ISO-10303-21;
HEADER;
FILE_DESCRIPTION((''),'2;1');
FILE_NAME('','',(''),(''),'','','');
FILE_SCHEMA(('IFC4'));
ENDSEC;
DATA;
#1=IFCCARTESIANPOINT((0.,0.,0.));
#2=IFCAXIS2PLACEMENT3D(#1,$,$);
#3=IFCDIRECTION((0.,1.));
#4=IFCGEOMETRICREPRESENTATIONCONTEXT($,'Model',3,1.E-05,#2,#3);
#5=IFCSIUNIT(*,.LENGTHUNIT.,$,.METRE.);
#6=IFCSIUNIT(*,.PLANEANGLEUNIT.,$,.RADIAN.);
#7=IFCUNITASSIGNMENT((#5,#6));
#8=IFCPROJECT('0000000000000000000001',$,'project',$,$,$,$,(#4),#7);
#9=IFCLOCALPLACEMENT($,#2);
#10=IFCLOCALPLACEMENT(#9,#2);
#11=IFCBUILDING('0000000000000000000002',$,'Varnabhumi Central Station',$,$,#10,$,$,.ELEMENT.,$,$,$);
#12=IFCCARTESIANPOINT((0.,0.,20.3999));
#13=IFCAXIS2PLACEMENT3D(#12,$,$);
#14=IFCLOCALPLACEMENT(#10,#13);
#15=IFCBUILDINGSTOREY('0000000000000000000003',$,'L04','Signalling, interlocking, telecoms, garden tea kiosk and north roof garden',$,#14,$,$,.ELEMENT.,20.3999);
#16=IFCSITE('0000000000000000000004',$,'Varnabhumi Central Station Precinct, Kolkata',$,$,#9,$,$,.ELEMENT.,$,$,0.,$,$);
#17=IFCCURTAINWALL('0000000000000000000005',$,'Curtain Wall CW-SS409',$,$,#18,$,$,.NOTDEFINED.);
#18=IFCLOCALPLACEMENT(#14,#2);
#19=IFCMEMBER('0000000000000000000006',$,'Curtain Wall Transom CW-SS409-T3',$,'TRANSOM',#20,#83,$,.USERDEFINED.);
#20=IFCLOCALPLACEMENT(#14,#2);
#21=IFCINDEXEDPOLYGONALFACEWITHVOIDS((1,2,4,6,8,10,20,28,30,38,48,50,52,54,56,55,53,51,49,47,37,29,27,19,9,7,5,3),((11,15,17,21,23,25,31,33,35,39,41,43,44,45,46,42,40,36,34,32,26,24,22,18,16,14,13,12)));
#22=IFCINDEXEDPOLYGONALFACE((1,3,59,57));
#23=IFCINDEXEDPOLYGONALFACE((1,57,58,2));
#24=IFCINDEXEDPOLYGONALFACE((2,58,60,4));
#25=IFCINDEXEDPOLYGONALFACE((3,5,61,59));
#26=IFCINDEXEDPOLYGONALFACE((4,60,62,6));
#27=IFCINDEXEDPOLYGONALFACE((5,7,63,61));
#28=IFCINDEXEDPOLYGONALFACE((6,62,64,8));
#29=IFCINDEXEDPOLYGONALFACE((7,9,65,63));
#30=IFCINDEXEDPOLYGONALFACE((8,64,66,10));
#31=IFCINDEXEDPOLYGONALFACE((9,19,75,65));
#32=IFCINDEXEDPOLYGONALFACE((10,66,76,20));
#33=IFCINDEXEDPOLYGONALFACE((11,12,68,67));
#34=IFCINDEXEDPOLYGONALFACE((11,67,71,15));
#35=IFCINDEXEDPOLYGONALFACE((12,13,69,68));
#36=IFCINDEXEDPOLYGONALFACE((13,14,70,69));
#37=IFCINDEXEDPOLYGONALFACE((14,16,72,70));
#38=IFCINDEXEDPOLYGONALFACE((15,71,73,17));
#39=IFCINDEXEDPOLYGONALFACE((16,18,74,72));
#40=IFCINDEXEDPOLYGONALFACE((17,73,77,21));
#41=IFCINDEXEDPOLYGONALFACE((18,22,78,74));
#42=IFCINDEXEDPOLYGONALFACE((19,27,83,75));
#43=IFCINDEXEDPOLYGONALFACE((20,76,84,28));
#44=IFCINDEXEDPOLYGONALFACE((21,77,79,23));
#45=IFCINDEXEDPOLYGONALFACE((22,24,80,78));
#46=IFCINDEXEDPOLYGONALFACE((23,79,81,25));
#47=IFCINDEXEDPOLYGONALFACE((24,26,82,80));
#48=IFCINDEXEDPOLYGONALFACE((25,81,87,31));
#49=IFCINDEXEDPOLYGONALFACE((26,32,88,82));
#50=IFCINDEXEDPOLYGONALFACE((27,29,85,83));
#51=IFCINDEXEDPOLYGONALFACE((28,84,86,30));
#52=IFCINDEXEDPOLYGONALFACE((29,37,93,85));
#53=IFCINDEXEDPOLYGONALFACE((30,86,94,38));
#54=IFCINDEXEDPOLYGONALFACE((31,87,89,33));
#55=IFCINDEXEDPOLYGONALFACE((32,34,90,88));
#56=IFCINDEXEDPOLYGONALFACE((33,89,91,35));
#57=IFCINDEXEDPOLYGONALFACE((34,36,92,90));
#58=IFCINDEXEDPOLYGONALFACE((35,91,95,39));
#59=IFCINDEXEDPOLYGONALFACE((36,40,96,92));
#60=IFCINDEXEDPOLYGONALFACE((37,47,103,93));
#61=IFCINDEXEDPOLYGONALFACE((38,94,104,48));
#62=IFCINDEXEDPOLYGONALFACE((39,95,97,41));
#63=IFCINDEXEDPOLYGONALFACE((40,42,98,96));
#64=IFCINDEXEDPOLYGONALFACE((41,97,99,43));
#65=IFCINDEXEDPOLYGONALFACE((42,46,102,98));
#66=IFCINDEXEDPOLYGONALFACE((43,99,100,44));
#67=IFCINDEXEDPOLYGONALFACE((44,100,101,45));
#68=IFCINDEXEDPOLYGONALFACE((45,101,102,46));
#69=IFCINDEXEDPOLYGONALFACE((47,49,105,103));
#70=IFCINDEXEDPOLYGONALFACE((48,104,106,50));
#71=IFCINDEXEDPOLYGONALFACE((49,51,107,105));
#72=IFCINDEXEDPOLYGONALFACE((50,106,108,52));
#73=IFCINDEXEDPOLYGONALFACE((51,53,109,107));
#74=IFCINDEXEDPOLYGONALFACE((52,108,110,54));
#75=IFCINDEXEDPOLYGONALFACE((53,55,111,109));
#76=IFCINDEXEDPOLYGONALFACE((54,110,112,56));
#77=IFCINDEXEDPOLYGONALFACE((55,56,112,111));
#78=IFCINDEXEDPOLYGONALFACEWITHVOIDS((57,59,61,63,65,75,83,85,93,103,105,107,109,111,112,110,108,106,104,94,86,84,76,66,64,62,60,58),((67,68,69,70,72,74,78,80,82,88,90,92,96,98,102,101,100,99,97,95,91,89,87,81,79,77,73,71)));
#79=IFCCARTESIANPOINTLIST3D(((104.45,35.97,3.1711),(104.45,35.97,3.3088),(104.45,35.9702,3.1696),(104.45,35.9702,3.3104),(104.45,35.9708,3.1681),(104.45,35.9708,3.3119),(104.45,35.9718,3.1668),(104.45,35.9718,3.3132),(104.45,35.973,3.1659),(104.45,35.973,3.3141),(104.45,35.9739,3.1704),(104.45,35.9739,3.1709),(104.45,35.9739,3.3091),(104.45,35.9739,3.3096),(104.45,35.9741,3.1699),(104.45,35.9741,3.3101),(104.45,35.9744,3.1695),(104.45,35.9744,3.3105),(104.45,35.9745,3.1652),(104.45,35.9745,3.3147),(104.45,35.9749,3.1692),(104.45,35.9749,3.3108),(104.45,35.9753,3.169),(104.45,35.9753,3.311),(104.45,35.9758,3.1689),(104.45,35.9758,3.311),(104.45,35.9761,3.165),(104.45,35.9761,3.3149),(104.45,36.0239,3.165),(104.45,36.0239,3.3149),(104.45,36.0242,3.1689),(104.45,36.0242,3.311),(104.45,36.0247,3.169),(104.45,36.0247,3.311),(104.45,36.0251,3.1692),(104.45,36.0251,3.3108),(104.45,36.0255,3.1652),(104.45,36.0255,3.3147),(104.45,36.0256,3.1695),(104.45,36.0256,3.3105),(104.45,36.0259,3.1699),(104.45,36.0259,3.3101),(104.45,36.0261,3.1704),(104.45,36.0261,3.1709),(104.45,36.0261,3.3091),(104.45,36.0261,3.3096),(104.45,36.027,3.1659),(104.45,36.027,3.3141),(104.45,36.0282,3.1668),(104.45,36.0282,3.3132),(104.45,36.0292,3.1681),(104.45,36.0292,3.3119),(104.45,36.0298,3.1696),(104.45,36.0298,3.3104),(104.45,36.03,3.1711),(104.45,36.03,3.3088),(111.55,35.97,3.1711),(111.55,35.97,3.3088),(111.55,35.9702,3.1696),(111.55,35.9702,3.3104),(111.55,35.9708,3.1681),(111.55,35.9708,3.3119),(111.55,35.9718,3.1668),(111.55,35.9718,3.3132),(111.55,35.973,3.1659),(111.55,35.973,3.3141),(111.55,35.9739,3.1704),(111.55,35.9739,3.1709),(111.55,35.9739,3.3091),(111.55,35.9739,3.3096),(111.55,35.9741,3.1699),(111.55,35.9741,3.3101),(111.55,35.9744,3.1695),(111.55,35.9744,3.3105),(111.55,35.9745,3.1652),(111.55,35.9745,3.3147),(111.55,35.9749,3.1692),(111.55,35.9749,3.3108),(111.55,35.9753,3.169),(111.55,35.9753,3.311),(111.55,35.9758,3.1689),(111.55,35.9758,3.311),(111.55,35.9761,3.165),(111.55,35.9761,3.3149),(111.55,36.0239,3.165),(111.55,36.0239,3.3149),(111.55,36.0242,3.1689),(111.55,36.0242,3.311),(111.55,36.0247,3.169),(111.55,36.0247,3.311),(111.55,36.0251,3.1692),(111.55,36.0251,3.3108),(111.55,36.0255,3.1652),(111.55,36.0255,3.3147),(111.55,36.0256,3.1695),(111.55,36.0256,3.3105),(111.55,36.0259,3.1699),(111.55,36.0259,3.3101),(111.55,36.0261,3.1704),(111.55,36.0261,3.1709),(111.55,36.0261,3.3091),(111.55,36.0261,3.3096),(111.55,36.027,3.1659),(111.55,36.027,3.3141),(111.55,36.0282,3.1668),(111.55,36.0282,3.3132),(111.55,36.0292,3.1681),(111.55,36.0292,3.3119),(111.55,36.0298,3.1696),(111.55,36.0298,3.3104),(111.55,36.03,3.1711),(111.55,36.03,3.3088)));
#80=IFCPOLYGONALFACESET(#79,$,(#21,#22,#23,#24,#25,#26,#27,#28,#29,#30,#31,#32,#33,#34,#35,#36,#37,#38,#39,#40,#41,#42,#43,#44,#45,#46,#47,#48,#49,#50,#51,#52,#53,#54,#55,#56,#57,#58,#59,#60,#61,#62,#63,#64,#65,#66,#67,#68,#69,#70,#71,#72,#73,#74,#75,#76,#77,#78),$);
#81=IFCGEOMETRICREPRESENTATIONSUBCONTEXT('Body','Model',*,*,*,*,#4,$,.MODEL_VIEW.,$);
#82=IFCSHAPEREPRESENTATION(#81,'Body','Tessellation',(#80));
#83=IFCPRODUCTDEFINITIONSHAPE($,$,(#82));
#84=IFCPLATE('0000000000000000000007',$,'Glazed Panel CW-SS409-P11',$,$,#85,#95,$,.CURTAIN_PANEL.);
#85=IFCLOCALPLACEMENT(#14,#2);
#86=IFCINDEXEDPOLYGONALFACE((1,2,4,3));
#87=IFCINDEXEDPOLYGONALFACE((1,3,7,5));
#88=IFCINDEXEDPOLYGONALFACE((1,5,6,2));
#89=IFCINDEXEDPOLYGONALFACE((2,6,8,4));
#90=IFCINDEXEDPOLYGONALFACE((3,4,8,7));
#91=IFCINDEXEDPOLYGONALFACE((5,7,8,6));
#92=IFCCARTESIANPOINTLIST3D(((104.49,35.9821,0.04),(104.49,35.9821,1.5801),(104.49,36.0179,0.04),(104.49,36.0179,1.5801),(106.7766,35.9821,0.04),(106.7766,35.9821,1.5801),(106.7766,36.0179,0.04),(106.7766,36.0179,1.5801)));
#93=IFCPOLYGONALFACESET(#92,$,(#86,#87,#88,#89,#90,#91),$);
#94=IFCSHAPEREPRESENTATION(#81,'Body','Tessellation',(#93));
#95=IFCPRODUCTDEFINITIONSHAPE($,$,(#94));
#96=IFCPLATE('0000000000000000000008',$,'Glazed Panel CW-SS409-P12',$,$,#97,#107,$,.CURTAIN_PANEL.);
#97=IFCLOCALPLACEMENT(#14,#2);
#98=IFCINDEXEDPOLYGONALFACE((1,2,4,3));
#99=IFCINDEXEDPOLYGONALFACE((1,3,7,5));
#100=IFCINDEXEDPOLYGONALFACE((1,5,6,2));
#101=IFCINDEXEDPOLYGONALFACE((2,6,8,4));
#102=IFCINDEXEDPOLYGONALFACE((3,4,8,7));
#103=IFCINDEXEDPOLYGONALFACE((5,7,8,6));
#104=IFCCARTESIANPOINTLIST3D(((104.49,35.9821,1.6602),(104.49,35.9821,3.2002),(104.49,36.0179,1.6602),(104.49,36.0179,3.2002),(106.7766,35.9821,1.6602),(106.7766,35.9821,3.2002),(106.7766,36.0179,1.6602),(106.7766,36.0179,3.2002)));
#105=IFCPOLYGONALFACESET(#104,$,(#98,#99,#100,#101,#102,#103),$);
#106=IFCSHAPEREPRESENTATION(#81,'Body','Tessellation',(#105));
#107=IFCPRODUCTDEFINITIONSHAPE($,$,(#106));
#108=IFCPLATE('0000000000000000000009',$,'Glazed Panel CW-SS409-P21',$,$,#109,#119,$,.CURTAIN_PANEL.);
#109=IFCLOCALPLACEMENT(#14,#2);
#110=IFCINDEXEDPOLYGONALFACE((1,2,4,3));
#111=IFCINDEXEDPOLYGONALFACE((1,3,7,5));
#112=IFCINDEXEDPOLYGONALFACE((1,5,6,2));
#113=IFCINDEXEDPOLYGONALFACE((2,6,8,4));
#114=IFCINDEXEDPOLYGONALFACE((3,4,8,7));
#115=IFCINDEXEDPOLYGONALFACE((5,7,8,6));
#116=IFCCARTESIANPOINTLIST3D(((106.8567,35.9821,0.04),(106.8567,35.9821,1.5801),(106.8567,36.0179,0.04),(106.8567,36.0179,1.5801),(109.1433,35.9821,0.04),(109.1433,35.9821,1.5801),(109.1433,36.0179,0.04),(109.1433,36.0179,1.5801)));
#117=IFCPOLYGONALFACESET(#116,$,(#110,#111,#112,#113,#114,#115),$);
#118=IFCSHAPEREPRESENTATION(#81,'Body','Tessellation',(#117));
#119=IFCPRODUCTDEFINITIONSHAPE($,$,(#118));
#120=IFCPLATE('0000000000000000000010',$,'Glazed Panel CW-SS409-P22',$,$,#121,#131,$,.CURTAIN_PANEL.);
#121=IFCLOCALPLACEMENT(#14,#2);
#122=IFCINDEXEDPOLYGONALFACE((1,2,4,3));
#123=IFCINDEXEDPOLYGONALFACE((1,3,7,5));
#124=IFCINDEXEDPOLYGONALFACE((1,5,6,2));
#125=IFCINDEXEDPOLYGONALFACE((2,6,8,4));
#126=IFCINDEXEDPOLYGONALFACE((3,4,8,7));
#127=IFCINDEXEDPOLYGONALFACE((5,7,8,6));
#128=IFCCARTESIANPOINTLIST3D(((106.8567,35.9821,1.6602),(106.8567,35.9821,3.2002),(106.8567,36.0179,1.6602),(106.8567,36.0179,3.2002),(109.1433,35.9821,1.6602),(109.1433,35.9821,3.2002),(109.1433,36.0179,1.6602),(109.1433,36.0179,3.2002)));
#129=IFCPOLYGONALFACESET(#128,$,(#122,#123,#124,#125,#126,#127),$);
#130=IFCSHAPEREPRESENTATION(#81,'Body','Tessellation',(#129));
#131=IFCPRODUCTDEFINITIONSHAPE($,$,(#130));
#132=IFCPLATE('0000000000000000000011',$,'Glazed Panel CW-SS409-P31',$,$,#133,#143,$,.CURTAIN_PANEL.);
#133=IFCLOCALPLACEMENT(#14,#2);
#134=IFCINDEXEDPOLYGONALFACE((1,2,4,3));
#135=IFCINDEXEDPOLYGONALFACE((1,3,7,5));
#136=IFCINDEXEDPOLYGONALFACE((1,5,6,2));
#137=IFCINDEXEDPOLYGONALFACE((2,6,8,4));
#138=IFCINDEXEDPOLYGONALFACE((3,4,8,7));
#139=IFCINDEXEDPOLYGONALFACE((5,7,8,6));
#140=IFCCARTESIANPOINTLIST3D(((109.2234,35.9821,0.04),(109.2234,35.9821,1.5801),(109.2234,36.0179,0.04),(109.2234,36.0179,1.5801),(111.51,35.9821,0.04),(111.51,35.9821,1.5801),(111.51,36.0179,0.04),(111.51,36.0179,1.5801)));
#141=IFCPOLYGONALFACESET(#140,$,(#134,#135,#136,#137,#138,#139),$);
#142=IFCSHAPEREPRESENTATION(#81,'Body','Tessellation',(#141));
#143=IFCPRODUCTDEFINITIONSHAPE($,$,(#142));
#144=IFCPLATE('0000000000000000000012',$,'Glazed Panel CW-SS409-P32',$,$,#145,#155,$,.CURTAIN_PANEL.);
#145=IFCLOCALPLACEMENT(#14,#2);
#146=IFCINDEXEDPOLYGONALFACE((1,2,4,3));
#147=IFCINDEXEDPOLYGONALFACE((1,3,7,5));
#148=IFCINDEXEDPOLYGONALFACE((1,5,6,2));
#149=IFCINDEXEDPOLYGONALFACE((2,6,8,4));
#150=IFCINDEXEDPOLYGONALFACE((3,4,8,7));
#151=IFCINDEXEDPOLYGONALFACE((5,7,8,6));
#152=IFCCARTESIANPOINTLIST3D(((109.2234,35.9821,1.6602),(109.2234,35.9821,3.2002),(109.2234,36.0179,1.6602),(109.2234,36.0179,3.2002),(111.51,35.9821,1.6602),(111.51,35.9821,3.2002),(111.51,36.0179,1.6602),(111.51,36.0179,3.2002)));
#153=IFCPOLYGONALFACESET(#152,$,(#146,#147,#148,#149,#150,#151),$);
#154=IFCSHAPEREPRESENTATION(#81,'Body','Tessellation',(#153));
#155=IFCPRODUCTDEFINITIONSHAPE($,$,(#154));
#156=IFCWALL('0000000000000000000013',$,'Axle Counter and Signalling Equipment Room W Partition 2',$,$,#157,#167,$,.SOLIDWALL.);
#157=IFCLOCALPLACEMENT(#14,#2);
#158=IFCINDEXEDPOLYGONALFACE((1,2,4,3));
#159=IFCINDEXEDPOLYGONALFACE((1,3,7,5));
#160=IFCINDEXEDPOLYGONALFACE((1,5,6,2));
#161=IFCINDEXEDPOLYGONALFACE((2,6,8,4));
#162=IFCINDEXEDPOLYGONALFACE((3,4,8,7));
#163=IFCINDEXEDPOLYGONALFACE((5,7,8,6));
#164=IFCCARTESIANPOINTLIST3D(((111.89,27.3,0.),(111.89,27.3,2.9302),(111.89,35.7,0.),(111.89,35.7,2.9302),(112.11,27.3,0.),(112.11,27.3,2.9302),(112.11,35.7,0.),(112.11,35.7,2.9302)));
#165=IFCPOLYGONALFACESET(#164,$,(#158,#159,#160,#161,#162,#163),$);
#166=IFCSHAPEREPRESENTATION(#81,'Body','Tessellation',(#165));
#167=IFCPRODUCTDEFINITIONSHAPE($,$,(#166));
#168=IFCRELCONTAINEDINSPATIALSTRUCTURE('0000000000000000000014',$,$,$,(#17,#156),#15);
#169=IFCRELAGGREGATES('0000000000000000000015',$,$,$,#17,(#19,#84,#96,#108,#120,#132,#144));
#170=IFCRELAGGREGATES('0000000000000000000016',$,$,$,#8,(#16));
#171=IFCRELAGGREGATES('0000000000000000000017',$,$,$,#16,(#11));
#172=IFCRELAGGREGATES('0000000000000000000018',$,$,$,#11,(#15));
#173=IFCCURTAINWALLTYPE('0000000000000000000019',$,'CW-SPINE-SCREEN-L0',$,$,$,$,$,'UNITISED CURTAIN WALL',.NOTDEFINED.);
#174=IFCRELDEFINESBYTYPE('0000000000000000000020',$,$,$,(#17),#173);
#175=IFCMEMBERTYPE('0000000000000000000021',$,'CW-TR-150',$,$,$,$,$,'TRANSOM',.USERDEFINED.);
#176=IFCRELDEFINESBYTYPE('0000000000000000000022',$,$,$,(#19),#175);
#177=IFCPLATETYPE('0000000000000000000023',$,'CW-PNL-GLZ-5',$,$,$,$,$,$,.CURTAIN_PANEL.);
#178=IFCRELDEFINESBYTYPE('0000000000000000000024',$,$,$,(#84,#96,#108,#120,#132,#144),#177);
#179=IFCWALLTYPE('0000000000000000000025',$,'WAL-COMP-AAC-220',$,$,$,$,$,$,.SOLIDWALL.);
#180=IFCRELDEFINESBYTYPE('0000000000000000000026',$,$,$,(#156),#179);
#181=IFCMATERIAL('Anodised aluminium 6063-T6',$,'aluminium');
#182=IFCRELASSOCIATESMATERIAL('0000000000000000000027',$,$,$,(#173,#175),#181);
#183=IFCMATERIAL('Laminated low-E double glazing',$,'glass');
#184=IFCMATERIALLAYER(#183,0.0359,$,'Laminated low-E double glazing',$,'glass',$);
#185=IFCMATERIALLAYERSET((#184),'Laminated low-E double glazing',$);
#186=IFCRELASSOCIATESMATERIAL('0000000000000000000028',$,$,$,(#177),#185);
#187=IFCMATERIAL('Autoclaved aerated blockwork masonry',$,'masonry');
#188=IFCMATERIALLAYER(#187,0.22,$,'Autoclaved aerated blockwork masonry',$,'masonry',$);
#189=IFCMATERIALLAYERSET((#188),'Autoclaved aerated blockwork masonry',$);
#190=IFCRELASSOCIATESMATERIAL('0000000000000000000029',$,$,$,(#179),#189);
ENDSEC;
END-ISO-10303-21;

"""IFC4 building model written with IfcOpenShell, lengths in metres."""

from ifc_helpers import new_model, si_unit, direction, frame, frame_2d, origin, origin_2d, place, context, subcontext, project, spatial, rectangle, hollow_rectangle, extrude, material, layer, layer_set, material_profile, profile_set, type_object, element, aggregate, save


model = new_model("IFC4")

# Units and contexts
model_context = context("Model", 3, precision=1e-05, world=origin(), true_north=direction((0.0, 1.0)))
body_context = subcontext(model_context, "Body", "Model", "MODEL_VIEW")
ifc_project = project(units=[si_unit("LENGTHUNIT", "METRE"), si_unit("PLANEANGLEUNIT", "RADIAN")], contexts=[model_context])

# Site, building, storey
site_placement = place(None, origin())
site = spatial("IfcSite", under=ifc_project, at=site_placement, Name="Varnabhumi Central Station Precinct, Kolkata", CompositionType="ELEMENT", RefElevation=0.0)
building_placement = place(site_placement, origin())
building = spatial("IfcBuilding", under=site, at=building_placement, Name="Varnabhumi Central Station", CompositionType="ELEMENT")
storey_placement = place(building_placement, frame((0.0, 0.0, 20.3999)))
storey = spatial("IfcBuildingStorey", under=building, at=storey_placement, Name="L04", Description="Signalling, interlocking, telecoms, garden tea kiosk and north roof garden", CompositionType="ELEMENT", Elevation=20.3999)

# Curtain wall, member, plates
ifc_material_1 = material(Name="Anodised aluminium 6063-T6", Category="aluminium")
curtain_wall_type = type_object("IfcCurtainWallType", Name="CW-SPINE-SCREEN-L0", ElementType="UNITISED CURTAIN WALL", PredefinedType="NOTDEFINED", material=ifc_material_1)
curtain_wall_placement = place(storey_placement, origin())
curtain_wall = element("IfcCurtainWall", 1, at=curtain_wall_placement, inside=storey, type_object=curtain_wall_type, Name="Curtain Wall CW-SS409", PredefinedType="NOTDEFINED")
ifc_material_profile_1 = material_profile(ifc_material_1, hollow_rectangle(XDim=0.0601, YDim=0.1499, WallThickness=0.0039, InnerFilletRadius=0.002, OuterFilletRadius=0.0061, at=origin_2d()), Name="Anodised aluminium 6063-T6", Category="aluminium")
ifc_profile_set_1 = profile_set([ifc_material_profile_1], Name="Anodised aluminium 6063-T6")
member_type_1 = type_object("IfcMemberType", Name="CW-TR-150", ElementType="TRANSOM", PredefinedType="USERDEFINED", material=ifc_profile_set_1)
member_1_placement = place(storey_placement, frame((104.45, 36.0, 3.24), z_axis=(1.0, 0.0, 0.0), x_axis=(0.0, 1.0, 0.0)))
member_1 = element("IfcMember", 2, at=member_1_placement, type_object=member_type_1, Name="Curtain Wall Transom CW-SS409-T3", ObjectType="TRANSOM", PredefinedType="USERDEFINED", context=body_context, shape_type="SweptSolid", body=[
    extrude(hollow_rectangle(XDim=0.0601, YDim=0.1499, WallThickness=0.0039, InnerFilletRadius=0.002, OuterFilletRadius=0.0061, at=origin_2d()), origin(), (0.0, 0.0, 1.0), 7.1001),
])
ifc_material_2 = material(Name="Laminated low-E double glazing", Category="glass")
ifc_layer_1 = layer(ifc_material_2, 0.0359, Name="Laminated low-E double glazing", Category="glass")
ifc_layer_set_1 = layer_set([ifc_layer_1], Name="Laminated low-E double glazing")
plate_type = type_object("IfcPlateType", Name="CW-PNL-GLZ-5", PredefinedType="CURTAIN_PANEL", material=ifc_layer_set_1)
plate_1_placement = place(storey_placement, frame((105.6333, 36.0, 0.04), z_axis=(0.0, 0.0, 1.0), x_axis=(1.0, 0.0, 0.0)))
plate_1 = element("IfcPlate", 3, at=plate_1_placement, type_object=plate_type, Name="Glazed Panel CW-SS409-P11", PredefinedType="CURTAIN_PANEL", context=body_context, shape_type="SweptSolid", body=[
    extrude(rectangle(XDim=2.2866, YDim=0.0359, at=origin_2d()), origin(), (0.0, 0.0, 1.0), 1.54),
])
plate_2_placement = place(storey_placement, frame((105.6333, 36.0, 1.6602), z_axis=(0.0, 0.0, 1.0), x_axis=(1.0, 0.0, 0.0)))
plate_2 = element("IfcPlate", 4, at=plate_2_placement, type_object=plate_type, Name="Glazed Panel CW-SS409-P12", PredefinedType="CURTAIN_PANEL", context=body_context, shape_type="SweptSolid", body=[
    extrude(rectangle(XDim=2.2866, YDim=0.0359, at=origin_2d()), origin(), (0.0, 0.0, 1.0), 1.54),
])
plate_3_placement = place(storey_placement, frame((108.0, 36.0, 0.04), z_axis=(0.0, 0.0, 1.0), x_axis=(1.0, 0.0, 0.0)))
plate_3 = element("IfcPlate", 5, at=plate_3_placement, type_object=plate_type, Name="Glazed Panel CW-SS409-P21", PredefinedType="CURTAIN_PANEL", context=body_context, shape_type="SweptSolid", body=[
    extrude(rectangle(XDim=2.2866, YDim=0.0359, at=origin_2d()), origin(), (0.0, 0.0, 1.0), 1.54),
])
plate_4_placement = place(storey_placement, frame((108.0, 36.0, 1.6602), z_axis=(0.0, 0.0, 1.0), x_axis=(1.0, 0.0, 0.0)))
plate_4 = element("IfcPlate", 6, at=plate_4_placement, type_object=plate_type, Name="Glazed Panel CW-SS409-P22", PredefinedType="CURTAIN_PANEL", context=body_context, shape_type="SweptSolid", body=[
    extrude(rectangle(XDim=2.2866, YDim=0.0359, at=origin_2d()), origin(), (0.0, 0.0, 1.0), 1.54),
])
plate_5_placement = place(storey_placement, frame((110.3667, 36.0, 0.04), z_axis=(0.0, 0.0, 1.0), x_axis=(1.0, 0.0, 0.0)))
plate_5 = element("IfcPlate", 7, at=plate_5_placement, type_object=plate_type, Name="Glazed Panel CW-SS409-P31", PredefinedType="CURTAIN_PANEL", context=body_context, shape_type="SweptSolid", body=[
    extrude(rectangle(XDim=2.2866, YDim=0.0359, at=origin_2d()), origin(), (0.0, 0.0, 1.0), 1.54),
])
plate_6_placement = place(storey_placement, frame((110.3667, 36.0, 1.6602), z_axis=(0.0, 0.0, 1.0), x_axis=(1.0, 0.0, 0.0)))
plate_6 = element("IfcPlate", 8, at=plate_6_placement, type_object=plate_type, Name="Glazed Panel CW-SS409-P32", PredefinedType="CURTAIN_PANEL", context=body_context, shape_type="SweptSolid", body=[
    extrude(rectangle(XDim=2.2866, YDim=0.0359, at=origin_2d()), origin(), (0.0, 0.0, 1.0), 1.54),
])
aggregate(curtain_wall, [member_1, plate_1, plate_2, plate_3, plate_4, plate_5, plate_6])

# Wall
ifc_material_3 = material(Name="Autoclaved aerated blockwork masonry", Category="masonry")
ifc_layer_2 = layer(ifc_material_3, 0.22, Name="Autoclaved aerated blockwork masonry", Category="masonry")
ifc_layer_set_2 = layer_set([ifc_layer_2], Name="Autoclaved aerated blockwork masonry")
wall_type_1 = type_object("IfcWallType", Name="WAL-COMP-AAC-220", PredefinedType="SOLIDWALL", material=ifc_layer_set_2)
wall_1_placement = place(storey_placement, frame((112.0, 27.3, 0.0), z_axis=(0.0, 0.0, 1.0), x_axis=(0.0, 1.0, 0.0)))
element("IfcWall", 9, at=wall_1_placement, inside=storey, type_object=wall_type_1, Name="Axle Counter and Signalling Equipment Room W Partition 2", PredefinedType="SOLIDWALL", context=body_context, shape_type="SweptSolid", body=[
    extrude(rectangle(XDim=8.3999, YDim=0.22, at=frame_2d((4.2, 0.0))), origin(), (0.0, 0.0, 1.0), 2.9302),
])

save(model, "model.ifc")
